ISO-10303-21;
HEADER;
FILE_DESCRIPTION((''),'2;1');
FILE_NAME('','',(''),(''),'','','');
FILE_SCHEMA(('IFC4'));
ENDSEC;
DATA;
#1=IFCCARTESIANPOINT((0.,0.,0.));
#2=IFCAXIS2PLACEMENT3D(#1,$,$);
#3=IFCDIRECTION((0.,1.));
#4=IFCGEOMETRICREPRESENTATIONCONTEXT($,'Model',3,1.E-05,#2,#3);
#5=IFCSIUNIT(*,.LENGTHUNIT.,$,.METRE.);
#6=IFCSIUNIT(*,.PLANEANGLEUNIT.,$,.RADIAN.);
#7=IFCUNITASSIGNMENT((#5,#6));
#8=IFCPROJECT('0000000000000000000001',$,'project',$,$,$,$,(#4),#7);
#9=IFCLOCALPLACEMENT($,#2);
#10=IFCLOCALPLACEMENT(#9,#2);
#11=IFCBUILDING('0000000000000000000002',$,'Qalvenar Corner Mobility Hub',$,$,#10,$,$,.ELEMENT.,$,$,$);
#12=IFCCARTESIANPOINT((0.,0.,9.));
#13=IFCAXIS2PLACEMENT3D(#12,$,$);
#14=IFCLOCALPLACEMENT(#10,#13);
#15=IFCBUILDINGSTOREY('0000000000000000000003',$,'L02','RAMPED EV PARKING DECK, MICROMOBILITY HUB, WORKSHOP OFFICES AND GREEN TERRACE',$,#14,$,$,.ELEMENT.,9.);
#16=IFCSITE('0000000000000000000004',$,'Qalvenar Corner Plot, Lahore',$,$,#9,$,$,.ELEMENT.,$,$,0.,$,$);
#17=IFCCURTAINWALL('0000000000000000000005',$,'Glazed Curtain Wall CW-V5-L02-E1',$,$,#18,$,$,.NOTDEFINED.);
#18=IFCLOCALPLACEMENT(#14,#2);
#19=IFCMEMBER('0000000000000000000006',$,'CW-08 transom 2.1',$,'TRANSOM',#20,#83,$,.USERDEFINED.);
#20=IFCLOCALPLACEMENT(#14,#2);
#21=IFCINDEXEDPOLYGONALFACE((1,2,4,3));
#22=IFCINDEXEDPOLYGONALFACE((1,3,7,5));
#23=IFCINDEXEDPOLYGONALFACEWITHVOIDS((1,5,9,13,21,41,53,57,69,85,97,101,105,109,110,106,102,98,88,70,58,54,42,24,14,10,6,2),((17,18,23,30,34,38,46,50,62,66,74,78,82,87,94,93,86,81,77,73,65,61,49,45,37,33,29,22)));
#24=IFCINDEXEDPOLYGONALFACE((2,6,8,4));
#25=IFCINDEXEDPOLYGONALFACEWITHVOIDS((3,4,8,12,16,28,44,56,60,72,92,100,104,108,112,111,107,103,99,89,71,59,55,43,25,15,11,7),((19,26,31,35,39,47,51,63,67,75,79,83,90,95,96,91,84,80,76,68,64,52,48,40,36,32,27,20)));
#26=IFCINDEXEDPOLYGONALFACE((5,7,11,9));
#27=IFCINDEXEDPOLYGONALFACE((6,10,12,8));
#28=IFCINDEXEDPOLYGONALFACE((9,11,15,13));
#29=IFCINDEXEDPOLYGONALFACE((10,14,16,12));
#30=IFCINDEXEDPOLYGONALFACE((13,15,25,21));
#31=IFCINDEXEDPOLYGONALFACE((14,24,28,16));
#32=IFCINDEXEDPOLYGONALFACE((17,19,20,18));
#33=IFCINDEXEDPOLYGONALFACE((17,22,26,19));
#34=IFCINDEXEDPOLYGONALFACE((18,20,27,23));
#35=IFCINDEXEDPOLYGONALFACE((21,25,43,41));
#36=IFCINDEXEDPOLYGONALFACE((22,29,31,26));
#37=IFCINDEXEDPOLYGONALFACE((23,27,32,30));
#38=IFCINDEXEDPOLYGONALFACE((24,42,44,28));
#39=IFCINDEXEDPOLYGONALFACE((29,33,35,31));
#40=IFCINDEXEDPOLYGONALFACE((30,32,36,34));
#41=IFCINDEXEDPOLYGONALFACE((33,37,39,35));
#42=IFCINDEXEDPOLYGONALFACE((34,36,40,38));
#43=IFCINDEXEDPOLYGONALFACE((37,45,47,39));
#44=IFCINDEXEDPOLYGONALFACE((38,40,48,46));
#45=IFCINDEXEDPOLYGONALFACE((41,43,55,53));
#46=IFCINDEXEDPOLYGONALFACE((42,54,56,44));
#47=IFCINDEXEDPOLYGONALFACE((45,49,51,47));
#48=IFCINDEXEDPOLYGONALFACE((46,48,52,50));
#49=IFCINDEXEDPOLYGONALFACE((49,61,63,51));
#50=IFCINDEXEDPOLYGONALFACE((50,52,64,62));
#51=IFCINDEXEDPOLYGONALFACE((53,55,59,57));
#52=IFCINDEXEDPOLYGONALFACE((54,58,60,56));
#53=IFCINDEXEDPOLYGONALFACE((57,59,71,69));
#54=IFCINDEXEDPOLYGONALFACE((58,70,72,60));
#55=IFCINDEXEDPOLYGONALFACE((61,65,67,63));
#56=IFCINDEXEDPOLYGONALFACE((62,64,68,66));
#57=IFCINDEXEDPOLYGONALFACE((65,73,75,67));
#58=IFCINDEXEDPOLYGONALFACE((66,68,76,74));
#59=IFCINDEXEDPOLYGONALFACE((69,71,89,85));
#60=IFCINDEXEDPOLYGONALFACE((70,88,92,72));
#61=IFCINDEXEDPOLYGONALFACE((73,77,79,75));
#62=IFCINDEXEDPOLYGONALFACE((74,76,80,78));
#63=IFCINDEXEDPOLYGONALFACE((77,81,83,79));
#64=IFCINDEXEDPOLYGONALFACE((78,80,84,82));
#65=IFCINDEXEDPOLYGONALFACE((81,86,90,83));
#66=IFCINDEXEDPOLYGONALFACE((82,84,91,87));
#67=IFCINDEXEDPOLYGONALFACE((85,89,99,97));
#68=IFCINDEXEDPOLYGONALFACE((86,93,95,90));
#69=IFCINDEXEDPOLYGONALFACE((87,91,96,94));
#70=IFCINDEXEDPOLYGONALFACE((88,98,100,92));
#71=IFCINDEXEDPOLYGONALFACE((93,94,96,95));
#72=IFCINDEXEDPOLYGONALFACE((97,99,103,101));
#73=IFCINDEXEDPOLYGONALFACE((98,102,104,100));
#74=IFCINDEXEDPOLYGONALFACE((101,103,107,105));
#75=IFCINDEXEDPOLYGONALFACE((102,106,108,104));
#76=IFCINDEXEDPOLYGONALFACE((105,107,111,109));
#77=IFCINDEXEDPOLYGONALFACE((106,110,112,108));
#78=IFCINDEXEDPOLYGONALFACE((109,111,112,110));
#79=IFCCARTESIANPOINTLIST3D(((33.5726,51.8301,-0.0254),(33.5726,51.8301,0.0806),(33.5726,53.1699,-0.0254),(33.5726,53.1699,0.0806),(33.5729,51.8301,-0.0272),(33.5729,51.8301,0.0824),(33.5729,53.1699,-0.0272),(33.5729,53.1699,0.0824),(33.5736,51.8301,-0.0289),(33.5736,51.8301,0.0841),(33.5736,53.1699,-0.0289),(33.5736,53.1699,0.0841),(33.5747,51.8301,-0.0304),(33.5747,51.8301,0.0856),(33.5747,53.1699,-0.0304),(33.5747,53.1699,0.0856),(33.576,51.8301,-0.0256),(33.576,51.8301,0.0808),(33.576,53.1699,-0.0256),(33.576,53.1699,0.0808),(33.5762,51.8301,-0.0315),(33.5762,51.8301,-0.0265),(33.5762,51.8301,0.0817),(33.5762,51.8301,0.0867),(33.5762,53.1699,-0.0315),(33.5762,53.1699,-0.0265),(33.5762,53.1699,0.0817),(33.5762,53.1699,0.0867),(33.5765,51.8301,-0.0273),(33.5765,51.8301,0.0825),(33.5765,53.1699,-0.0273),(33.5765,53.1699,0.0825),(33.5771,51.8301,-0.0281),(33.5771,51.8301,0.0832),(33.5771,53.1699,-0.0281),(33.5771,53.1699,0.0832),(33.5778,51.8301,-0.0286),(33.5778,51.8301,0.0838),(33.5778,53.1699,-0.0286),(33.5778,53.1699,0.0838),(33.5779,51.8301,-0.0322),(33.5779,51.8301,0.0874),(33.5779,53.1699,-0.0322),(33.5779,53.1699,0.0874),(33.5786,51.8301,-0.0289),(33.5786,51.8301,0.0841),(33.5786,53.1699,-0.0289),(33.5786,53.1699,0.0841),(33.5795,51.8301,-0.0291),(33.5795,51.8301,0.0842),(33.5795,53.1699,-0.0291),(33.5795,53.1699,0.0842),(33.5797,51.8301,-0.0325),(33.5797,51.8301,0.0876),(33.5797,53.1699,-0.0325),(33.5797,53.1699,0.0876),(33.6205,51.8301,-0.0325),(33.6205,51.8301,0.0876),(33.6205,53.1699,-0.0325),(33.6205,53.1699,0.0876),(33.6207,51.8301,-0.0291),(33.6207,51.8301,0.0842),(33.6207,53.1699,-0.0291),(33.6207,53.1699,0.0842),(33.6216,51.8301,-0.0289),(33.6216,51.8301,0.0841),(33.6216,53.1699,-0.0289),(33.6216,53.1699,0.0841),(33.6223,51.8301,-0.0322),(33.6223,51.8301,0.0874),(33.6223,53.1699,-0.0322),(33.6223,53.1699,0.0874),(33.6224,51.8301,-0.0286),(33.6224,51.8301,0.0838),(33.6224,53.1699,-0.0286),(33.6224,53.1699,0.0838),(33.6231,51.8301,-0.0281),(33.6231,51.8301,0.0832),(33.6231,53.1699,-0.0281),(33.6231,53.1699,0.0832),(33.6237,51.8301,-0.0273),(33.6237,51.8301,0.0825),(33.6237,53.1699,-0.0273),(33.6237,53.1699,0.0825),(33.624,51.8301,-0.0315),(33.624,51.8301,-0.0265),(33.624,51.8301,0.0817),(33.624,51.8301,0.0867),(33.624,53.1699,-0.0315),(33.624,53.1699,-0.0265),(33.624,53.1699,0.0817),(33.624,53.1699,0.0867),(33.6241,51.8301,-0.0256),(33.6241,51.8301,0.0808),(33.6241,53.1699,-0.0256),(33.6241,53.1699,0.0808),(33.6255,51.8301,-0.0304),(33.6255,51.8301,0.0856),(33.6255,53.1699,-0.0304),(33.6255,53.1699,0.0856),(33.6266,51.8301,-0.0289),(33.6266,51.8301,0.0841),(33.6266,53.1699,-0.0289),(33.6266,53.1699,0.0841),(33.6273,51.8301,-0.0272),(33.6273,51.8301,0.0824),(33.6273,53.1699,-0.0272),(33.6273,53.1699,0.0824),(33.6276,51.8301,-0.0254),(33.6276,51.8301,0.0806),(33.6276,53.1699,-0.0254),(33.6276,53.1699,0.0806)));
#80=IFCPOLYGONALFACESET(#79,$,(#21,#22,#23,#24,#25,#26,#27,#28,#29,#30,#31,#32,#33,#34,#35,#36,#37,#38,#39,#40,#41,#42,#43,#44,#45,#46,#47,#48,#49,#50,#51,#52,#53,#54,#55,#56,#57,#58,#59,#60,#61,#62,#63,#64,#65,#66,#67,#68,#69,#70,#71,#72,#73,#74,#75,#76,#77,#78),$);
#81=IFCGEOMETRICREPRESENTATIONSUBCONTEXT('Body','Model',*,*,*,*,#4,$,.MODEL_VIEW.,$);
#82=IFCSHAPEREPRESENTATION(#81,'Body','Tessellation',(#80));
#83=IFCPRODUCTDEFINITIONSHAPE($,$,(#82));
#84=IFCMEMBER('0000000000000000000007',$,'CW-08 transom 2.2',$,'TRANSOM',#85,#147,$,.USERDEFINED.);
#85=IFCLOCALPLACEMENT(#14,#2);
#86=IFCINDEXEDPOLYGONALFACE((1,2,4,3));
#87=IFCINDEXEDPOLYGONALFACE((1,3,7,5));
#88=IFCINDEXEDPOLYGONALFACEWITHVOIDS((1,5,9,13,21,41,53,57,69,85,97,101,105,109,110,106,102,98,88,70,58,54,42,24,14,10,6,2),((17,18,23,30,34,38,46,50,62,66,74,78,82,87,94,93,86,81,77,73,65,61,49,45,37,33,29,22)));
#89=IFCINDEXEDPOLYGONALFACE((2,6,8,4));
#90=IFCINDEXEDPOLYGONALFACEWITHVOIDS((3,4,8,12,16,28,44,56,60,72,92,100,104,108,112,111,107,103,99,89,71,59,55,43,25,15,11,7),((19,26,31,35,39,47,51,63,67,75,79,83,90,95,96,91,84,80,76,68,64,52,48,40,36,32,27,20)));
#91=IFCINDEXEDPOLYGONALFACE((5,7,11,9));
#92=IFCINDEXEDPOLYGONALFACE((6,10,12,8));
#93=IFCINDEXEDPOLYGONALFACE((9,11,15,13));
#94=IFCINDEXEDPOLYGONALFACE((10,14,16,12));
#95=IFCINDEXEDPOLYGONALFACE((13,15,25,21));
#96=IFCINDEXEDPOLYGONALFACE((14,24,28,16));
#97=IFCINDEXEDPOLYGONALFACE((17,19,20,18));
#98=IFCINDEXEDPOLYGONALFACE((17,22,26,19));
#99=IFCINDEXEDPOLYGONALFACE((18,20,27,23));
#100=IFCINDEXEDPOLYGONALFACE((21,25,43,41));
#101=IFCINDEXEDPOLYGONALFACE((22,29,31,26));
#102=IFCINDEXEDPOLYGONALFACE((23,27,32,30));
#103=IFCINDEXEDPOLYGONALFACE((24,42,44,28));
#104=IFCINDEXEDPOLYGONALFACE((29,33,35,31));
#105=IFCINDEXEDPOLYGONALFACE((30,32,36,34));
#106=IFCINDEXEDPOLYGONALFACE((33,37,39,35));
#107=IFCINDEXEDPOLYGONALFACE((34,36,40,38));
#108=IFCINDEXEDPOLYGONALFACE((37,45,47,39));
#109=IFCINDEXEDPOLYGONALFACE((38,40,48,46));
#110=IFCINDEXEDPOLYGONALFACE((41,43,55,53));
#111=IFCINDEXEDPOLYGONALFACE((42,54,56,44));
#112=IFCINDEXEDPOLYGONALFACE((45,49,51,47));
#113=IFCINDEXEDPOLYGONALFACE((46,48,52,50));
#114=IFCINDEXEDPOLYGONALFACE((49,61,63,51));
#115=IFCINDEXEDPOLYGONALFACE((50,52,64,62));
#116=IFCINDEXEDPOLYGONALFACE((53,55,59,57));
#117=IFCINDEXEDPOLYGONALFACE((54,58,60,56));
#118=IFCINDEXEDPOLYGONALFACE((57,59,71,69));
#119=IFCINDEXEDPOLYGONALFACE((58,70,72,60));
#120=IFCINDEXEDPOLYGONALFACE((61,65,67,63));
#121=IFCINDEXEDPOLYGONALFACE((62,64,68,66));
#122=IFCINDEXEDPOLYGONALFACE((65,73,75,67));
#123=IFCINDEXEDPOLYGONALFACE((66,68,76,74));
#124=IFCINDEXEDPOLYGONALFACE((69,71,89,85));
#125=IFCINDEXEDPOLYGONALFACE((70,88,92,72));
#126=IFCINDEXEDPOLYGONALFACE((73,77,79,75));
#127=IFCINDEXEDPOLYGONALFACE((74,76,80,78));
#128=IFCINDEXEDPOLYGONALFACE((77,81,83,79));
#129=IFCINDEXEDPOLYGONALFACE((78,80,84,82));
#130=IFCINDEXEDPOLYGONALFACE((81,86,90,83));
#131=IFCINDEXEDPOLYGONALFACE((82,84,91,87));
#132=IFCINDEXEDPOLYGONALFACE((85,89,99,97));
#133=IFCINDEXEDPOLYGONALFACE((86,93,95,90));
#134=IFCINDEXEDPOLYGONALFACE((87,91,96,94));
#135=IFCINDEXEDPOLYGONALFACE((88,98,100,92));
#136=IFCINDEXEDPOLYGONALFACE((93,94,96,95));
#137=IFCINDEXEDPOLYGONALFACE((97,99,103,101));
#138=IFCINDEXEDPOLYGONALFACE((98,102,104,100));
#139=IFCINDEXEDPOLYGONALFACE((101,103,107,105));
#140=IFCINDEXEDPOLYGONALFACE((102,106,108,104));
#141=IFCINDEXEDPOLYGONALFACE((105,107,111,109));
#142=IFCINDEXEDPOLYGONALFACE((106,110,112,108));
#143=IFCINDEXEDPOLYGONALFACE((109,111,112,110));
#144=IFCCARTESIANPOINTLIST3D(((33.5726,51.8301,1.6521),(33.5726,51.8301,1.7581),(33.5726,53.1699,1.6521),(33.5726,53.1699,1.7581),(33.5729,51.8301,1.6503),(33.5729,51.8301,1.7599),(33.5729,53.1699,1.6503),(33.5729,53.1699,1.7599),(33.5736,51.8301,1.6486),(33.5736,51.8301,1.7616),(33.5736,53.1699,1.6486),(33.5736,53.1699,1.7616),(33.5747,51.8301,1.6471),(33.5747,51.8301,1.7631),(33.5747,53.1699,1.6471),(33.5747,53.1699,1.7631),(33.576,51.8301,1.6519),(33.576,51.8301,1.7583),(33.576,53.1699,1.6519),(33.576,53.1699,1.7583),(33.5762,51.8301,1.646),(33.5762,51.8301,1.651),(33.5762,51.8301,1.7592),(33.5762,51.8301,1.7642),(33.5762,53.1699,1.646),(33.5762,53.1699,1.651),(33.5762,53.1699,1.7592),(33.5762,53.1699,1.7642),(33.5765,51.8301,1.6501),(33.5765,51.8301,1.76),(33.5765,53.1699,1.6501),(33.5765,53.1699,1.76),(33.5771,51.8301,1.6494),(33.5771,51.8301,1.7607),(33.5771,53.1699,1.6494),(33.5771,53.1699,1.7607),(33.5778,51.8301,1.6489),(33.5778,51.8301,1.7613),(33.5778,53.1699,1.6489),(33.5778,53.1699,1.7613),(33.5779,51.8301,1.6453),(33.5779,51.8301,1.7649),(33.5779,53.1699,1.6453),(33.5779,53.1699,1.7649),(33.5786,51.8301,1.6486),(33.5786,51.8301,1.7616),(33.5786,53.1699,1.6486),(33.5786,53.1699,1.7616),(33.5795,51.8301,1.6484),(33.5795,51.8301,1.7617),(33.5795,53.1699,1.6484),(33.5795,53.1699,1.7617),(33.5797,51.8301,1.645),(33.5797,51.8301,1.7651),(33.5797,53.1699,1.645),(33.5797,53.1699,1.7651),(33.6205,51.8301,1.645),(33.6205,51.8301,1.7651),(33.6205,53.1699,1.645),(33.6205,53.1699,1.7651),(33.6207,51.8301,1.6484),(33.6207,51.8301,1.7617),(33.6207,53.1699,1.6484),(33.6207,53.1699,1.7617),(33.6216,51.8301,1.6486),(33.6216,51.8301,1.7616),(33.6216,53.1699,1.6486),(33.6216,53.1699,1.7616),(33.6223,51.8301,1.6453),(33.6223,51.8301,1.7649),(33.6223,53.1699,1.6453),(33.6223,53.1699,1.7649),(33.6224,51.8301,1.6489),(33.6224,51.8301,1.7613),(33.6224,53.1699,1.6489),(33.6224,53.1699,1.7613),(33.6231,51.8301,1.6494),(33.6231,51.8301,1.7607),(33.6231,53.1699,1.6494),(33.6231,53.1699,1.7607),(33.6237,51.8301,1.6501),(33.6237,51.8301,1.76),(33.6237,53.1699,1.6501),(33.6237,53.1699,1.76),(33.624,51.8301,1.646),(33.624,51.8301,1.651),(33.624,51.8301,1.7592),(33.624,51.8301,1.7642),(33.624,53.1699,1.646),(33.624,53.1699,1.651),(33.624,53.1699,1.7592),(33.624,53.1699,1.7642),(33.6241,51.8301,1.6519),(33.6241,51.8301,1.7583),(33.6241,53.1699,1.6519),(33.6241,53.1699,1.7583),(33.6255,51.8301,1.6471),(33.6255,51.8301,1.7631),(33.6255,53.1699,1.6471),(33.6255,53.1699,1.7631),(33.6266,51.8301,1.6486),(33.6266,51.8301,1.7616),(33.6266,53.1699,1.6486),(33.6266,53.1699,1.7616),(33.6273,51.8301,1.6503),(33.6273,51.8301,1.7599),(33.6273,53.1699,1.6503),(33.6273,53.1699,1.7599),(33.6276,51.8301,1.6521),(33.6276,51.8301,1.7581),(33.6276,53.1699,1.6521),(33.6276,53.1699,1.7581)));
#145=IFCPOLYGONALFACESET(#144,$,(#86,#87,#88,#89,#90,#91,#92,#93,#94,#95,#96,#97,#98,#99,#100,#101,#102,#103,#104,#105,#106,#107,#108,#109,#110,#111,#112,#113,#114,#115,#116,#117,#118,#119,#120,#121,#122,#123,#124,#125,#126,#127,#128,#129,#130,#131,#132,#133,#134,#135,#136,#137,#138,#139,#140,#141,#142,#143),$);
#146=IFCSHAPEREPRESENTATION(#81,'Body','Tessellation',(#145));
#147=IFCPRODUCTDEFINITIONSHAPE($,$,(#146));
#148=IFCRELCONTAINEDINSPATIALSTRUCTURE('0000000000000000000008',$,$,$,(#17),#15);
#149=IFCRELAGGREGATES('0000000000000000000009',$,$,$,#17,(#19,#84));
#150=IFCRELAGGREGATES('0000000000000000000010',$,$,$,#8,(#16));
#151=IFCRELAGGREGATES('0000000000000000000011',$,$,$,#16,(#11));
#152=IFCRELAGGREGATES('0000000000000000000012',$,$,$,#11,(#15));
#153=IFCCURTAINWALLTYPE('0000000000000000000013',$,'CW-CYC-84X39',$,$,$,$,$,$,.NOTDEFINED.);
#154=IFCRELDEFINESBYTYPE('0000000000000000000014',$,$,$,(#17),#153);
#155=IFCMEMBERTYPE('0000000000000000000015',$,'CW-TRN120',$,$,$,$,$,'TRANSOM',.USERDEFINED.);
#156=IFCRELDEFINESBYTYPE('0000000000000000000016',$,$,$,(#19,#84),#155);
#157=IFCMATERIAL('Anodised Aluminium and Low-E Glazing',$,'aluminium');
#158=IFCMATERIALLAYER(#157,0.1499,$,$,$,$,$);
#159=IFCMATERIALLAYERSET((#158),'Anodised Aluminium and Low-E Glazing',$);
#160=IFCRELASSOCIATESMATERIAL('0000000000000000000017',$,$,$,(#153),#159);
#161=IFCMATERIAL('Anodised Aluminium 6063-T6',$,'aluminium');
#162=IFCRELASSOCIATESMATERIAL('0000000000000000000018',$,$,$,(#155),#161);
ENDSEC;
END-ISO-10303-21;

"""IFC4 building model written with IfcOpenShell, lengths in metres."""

from ifc_helpers import new_model, si_unit, direction, frame, origin, origin_2d, place, context, subcontext, project, spatial, hollow_rectangle, extrude, material, layer, layer_set, material_profile, profile_set, type_object, element, aggregate, save


model = new_model("IFC4")

# Units and contexts
model_context = context("Model", 3, precision=1e-05, world=origin(), true_north=direction((0.0, 1.0)))
body_context = subcontext(model_context, "Body", "Model", "MODEL_VIEW")
ifc_project = project(units=[si_unit("LENGTHUNIT", "METRE"), si_unit("PLANEANGLEUNIT", "RADIAN")], contexts=[model_context])

# Site, building, storey
site_placement = place(None, origin())
site = spatial("IfcSite", under=ifc_project, at=site_placement, Name="Qalvenar Corner Plot, Lahore", CompositionType="ELEMENT", RefElevation=0.0)
building_placement = place(site_placement, origin())
building = spatial("IfcBuilding", under=site, at=building_placement, Name="Qalvenar Corner Mobility Hub", CompositionType="ELEMENT")
storey_placement = place(building_placement, frame((0.0, 0.0, 9.0)))
storey = spatial("IfcBuildingStorey", under=building, at=storey_placement, Name="L02", Description="RAMPED EV PARKING DECK, MICROMOBILITY HUB, WORKSHOP OFFICES AND GREEN TERRACE", CompositionType="ELEMENT", Elevation=9.0)

# Curtain wall, members
ifc_material_1 = material(Name="Anodised Aluminium and Low-E Glazing", Category="aluminium")
ifc_layer_1 = layer(ifc_material_1, 0.1499)
ifc_layer_set_1 = layer_set([ifc_layer_1], Name="Anodised Aluminium and Low-E Glazing")
curtain_wall_type = type_object("IfcCurtainWallType", Name="CW-CYC-84X39", PredefinedType="NOTDEFINED", material=ifc_layer_set_1)
curtain_wall_placement = place(storey_placement, origin())
curtain_wall = element("IfcCurtainWall", 1, at=curtain_wall_placement, inside=storey, type_object=curtain_wall_type, Name="Glazed Curtain Wall CW-V5-L02-E1", PredefinedType="NOTDEFINED")
ifc_material_2 = material(Name="Anodised Aluminium 6063-T6", Category="aluminium")
ifc_material_profile_1 = material_profile(ifc_material_2, hollow_rectangle(XDim=0.0549, YDim=0.1201, WallThickness=0.0034, InnerFilletRadius=0.0034, OuterFilletRadius=0.0071, at=origin_2d()), Name="RHS120x55x3.5")
ifc_profile_set_1 = profile_set([ifc_material_profile_1], Name="Anodised Aluminium 6063-T6")
member_type_1 = type_object("IfcMemberType", Name="CW-TRN120", ElementType="TRANSOM", PredefinedType="USERDEFINED", material=ifc_profile_set_1)
member_1_placement = place(storey_placement, frame((33.6001, 51.8301, 0.0276), z_axis=(0.0, 1.0, 0.0), x_axis=(-1.0, 0.0, 0.0)))
member_1 = element("IfcMember", 2, at=member_1_placement, type_object=member_type_1, Name="CW-08 transom 2.1", ObjectType="TRANSOM", PredefinedType="USERDEFINED", context=body_context, shape_type="SweptSolid", body=[
    extrude(hollow_rectangle(XDim=0.0549, YDim=0.1201, WallThickness=0.0034, InnerFilletRadius=0.0034, OuterFilletRadius=0.0071, at=origin_2d()), origin(), (0.0, 0.0, 1.0), 1.3398),
])
member_2_placement = place(storey_placement, frame((33.6001, 51.8301, 1.7051), z_axis=(0.0, 1.0, 0.0), x_axis=(-1.0, 0.0, 0.0)))
member_2 = element("IfcMember", 3, at=member_2_placement, type_object=member_type_1, Name="CW-08 transom 2.2", ObjectType="TRANSOM", PredefinedType="USERDEFINED", context=body_context, shape_type="SweptSolid", body=[
    extrude(hollow_rectangle(XDim=0.0549, YDim=0.1201, WallThickness=0.0034, InnerFilletRadius=0.0034, OuterFilletRadius=0.0071, at=origin_2d()), origin(), (0.0, 0.0, 1.0), 1.3398),
])

aggregate(curtain_wall, [member_1, member_2])

save(model, "model.ifc")
